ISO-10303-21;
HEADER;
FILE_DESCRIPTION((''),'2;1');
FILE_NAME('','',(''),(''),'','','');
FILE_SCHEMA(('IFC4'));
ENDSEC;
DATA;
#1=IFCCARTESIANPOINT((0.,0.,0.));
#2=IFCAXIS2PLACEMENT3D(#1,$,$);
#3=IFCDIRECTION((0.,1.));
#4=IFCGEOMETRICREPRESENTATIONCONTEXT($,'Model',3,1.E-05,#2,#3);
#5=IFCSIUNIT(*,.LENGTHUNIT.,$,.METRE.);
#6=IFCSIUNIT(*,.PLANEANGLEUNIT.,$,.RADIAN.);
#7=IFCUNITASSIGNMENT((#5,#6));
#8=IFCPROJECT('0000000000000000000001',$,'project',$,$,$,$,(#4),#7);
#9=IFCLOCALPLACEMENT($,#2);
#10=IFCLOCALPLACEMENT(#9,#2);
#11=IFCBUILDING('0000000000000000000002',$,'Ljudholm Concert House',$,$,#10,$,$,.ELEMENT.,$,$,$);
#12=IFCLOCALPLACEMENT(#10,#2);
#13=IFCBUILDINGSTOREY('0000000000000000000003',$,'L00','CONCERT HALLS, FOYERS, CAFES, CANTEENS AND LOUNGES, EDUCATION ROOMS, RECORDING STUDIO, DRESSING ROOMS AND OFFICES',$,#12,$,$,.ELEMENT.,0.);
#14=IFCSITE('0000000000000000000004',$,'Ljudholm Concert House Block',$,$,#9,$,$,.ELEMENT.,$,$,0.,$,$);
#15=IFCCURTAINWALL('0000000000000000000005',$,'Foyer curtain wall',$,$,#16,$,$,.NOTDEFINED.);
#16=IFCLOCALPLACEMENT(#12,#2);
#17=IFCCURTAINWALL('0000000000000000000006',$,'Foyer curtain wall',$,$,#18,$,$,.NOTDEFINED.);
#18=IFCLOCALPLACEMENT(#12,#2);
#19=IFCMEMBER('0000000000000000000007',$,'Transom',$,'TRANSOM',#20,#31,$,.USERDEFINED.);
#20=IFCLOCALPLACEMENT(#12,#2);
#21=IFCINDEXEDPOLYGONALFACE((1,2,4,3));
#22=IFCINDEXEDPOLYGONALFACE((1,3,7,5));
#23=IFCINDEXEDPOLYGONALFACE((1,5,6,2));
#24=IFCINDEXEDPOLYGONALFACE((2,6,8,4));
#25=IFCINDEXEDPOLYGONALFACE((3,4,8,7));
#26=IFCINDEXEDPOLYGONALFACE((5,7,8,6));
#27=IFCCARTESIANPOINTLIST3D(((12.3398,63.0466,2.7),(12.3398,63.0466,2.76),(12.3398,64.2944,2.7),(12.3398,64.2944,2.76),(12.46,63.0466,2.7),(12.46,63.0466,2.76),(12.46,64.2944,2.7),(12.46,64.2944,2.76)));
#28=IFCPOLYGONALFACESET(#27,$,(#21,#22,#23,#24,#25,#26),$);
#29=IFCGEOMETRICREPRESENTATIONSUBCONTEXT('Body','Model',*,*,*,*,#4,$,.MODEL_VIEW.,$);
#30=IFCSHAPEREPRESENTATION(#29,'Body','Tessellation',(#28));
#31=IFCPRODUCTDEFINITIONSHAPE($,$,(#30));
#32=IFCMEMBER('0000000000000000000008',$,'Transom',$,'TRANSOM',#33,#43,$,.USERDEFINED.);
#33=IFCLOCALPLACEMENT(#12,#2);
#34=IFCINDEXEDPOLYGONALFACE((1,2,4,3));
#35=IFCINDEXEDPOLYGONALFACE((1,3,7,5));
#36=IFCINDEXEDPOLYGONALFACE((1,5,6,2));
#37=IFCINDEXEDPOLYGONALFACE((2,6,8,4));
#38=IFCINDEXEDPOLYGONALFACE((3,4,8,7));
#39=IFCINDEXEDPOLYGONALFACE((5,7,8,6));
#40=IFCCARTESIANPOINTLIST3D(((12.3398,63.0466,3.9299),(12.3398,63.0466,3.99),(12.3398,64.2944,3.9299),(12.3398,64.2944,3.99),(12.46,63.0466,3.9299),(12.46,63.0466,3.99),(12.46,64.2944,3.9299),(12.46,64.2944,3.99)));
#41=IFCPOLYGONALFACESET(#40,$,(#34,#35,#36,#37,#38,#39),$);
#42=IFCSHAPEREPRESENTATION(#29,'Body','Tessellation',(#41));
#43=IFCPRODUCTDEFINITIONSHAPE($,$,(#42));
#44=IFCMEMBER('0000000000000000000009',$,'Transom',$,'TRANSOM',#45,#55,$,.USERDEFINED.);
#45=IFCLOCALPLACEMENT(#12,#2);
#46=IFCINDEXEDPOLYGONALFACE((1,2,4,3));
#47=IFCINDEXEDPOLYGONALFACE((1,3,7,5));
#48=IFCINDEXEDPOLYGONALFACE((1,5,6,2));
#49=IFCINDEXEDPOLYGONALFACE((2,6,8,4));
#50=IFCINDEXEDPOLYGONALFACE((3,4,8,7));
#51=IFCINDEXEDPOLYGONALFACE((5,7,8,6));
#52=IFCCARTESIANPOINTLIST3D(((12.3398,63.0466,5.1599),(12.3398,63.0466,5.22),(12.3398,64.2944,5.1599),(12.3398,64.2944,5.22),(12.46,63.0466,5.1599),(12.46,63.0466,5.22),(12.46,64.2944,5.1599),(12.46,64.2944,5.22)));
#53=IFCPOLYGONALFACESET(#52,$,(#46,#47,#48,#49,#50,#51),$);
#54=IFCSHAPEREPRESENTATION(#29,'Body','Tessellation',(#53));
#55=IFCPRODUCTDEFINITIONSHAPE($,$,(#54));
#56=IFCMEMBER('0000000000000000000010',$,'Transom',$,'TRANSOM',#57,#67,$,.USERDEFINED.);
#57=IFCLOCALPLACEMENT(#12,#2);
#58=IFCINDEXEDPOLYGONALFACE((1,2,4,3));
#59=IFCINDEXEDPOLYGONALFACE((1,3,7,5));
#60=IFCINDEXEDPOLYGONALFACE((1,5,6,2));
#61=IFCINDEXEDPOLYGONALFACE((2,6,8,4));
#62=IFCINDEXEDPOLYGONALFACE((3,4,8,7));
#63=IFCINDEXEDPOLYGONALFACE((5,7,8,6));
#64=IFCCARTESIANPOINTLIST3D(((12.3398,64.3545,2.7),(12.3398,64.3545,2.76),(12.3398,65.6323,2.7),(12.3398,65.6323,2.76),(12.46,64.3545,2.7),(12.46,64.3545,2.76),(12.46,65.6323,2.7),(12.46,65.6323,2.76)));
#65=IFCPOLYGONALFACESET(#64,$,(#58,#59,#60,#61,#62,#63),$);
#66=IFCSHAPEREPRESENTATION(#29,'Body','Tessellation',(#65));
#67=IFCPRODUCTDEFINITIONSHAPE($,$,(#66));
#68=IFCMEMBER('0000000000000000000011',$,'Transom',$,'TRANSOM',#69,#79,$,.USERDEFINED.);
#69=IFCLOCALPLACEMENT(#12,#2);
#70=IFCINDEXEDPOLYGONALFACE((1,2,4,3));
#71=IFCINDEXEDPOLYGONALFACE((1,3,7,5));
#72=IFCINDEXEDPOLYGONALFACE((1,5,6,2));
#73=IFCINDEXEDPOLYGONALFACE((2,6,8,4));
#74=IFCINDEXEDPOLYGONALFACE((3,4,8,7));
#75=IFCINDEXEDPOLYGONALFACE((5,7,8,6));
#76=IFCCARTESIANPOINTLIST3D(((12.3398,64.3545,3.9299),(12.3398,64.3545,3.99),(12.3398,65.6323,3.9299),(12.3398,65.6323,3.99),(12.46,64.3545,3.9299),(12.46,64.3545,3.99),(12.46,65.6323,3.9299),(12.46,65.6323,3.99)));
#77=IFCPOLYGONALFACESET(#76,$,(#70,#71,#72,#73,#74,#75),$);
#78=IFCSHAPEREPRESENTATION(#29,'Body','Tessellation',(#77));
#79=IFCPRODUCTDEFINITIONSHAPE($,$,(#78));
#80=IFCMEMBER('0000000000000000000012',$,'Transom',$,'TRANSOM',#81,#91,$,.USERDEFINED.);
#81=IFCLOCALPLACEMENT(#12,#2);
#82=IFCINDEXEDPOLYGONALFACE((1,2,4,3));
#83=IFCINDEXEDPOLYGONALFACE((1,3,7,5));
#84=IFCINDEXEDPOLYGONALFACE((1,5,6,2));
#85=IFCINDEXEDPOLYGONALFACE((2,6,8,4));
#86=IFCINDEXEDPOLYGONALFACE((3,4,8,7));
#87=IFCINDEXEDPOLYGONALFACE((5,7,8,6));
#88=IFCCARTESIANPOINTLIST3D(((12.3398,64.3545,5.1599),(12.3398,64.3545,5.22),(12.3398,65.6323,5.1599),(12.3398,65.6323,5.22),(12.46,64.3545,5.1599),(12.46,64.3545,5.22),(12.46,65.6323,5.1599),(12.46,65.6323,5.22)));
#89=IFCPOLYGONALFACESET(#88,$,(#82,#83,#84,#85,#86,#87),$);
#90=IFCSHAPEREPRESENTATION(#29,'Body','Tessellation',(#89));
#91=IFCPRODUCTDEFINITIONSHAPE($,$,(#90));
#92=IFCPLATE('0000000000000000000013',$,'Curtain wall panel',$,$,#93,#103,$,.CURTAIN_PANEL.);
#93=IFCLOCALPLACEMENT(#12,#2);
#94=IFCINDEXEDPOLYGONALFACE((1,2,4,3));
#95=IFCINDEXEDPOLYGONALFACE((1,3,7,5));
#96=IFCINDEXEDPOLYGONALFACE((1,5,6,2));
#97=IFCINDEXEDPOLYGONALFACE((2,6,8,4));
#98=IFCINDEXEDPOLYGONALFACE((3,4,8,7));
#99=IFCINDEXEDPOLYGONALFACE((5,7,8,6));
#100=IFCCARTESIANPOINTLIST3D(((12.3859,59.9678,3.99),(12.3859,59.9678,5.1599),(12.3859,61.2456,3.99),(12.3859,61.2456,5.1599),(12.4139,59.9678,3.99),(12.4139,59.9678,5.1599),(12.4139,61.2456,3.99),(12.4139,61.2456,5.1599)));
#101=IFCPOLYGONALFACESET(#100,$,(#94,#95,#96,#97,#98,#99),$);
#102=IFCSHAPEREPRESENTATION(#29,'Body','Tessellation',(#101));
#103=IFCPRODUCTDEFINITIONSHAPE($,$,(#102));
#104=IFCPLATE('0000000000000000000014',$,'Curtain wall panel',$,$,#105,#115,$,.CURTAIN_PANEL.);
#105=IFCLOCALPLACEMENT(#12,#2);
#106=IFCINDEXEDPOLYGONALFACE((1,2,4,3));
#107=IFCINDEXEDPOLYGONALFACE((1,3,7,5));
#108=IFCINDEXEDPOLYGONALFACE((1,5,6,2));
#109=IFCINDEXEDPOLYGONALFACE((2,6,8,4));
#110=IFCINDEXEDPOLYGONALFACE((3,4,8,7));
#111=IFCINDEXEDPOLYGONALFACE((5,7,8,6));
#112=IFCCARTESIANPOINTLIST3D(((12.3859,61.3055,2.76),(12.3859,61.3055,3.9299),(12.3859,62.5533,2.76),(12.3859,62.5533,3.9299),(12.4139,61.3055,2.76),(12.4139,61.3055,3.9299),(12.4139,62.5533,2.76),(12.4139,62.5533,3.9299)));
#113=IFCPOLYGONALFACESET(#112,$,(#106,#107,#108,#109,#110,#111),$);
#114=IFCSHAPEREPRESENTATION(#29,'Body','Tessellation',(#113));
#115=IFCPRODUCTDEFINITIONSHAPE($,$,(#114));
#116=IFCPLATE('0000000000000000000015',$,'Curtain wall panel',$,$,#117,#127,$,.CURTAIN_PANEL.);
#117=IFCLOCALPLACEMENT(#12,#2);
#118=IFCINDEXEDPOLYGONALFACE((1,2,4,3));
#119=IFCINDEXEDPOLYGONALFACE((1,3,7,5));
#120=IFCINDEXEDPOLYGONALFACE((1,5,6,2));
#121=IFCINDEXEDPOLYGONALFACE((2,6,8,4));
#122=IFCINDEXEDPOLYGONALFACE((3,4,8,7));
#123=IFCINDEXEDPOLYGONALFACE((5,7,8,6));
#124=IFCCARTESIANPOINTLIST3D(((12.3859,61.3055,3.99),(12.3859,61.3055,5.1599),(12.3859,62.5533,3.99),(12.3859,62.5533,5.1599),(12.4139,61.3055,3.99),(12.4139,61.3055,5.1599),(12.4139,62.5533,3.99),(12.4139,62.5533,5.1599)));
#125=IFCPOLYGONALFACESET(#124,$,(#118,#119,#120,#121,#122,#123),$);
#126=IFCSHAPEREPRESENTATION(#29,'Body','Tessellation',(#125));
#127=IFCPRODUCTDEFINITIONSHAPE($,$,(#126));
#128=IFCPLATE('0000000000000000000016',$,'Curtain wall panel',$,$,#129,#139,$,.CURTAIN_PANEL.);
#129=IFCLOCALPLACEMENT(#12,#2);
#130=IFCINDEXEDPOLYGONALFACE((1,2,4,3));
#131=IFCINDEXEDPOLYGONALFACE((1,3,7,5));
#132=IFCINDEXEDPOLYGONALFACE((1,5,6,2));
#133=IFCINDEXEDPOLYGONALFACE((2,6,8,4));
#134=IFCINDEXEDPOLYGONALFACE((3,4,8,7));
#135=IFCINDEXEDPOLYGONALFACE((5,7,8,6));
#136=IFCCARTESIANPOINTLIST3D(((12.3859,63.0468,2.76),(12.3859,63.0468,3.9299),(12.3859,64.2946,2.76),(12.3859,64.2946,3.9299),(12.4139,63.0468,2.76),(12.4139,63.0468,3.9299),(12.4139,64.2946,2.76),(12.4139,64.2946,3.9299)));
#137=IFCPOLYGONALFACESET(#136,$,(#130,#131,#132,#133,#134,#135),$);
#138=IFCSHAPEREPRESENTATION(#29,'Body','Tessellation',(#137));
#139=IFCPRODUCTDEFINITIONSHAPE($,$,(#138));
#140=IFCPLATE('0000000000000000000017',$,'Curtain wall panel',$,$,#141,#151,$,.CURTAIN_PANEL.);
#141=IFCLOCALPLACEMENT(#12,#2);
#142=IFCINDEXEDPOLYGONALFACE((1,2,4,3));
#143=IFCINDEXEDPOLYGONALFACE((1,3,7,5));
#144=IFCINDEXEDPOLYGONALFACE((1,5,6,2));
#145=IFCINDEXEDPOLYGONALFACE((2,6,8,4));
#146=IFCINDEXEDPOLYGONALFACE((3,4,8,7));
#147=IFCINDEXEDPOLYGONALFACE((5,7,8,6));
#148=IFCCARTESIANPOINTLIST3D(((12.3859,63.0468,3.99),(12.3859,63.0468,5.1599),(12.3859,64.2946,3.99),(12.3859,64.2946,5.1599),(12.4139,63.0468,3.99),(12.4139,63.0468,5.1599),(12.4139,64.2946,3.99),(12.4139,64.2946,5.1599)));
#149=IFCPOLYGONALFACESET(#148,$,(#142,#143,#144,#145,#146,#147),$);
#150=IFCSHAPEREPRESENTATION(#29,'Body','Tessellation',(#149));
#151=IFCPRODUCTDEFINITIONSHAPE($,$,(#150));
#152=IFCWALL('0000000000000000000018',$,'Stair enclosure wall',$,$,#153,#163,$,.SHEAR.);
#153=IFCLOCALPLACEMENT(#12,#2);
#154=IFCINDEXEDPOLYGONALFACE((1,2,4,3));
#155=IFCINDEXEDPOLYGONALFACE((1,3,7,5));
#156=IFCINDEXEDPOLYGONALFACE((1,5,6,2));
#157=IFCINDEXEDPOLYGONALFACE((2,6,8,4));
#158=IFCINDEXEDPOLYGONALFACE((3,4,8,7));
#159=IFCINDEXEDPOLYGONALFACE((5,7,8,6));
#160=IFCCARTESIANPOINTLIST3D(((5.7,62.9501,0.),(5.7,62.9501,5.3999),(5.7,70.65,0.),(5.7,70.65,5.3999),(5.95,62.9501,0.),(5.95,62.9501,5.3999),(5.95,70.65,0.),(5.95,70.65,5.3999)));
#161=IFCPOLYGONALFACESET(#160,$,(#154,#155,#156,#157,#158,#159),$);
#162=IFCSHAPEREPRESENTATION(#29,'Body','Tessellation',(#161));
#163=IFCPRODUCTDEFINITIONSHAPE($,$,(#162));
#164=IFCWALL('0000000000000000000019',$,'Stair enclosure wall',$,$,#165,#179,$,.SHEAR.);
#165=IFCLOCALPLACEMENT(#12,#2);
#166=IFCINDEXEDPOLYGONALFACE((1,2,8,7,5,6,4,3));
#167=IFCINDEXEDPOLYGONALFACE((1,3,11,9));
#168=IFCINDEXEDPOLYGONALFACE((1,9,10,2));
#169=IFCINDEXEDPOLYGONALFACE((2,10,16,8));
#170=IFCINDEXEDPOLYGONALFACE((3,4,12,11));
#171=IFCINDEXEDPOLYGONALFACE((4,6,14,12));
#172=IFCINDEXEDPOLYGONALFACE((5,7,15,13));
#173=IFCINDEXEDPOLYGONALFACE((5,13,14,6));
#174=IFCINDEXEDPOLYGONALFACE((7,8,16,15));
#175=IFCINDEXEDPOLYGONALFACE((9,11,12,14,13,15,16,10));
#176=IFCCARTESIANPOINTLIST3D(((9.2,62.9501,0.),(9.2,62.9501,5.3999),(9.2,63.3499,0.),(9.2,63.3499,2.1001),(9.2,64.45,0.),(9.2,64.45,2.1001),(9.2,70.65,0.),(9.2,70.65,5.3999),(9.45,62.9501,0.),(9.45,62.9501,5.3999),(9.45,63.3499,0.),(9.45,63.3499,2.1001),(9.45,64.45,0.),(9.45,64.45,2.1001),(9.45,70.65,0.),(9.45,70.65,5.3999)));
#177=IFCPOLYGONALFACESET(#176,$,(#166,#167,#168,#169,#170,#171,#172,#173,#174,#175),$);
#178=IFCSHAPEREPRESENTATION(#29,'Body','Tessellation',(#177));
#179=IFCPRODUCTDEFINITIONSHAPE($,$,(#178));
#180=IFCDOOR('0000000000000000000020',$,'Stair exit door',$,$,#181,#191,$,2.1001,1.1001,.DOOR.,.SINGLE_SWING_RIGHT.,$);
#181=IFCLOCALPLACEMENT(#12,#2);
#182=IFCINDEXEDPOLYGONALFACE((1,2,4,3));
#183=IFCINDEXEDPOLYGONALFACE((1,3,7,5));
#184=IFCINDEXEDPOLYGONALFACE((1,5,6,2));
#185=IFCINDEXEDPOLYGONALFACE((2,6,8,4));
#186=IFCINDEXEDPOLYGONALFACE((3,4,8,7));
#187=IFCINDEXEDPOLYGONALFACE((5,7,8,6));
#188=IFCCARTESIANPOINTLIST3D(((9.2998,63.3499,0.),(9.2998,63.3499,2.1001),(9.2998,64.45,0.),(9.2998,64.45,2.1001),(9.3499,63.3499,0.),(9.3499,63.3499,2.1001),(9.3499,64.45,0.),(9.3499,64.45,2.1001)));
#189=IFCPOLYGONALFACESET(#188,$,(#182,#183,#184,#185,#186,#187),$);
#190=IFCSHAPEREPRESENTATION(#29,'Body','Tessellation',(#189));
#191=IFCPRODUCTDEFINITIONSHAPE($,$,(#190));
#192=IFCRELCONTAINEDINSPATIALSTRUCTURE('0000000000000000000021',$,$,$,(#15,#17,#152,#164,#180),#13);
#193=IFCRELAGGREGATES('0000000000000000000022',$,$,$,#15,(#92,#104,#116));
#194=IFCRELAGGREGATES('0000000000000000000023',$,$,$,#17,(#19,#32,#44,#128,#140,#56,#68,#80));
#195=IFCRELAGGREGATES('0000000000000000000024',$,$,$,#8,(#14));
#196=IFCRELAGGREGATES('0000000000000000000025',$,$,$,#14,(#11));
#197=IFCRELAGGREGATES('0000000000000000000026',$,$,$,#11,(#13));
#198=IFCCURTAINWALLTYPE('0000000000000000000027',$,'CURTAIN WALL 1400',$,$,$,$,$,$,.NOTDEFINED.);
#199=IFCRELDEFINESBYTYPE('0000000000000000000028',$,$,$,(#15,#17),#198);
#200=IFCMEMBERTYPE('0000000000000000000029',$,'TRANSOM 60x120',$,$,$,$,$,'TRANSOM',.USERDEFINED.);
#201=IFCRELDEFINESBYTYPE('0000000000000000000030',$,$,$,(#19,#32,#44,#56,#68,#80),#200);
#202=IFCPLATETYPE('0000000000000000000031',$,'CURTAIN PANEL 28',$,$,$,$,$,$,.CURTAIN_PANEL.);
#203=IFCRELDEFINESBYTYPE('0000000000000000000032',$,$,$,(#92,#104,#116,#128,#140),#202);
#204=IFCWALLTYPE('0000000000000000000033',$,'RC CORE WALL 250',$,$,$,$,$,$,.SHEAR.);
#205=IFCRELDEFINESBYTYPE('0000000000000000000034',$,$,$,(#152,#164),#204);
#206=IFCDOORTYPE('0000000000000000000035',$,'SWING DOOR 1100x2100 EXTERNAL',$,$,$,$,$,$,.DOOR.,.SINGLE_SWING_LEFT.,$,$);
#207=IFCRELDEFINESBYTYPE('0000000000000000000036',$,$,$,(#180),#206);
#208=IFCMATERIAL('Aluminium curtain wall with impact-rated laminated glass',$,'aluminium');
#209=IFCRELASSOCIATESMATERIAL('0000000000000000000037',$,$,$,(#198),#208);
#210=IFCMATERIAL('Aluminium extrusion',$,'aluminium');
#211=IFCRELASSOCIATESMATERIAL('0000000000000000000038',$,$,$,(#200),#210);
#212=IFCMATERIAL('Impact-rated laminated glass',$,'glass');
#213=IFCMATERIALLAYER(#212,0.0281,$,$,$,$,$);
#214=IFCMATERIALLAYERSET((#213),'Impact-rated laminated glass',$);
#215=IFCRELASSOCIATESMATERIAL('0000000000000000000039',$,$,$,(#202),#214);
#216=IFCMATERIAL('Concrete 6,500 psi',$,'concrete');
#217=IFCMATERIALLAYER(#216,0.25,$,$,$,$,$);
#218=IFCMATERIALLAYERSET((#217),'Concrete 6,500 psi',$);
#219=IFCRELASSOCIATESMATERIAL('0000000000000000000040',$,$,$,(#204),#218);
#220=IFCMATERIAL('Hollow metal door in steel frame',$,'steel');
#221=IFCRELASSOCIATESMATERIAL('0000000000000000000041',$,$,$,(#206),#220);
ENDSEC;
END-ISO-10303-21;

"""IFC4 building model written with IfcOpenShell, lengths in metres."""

from ifc_helpers import new_model, si_unit, direction, frame, frame_2d, origin, origin_2d, place, context, subcontext, project, spatial, rectangle, extrude, material, layer, layer_set, material_profile, profile_set, type_object, element, fill, aggregate, save


model = new_model("IFC4")

# Units and contexts
model_context = context("Model", 3, precision=1e-05, world=origin(), true_north=direction((0.0, 1.0)))
body_context = subcontext(model_context, "Body", "Model", "MODEL_VIEW")
ifc_project = project(units=[si_unit("LENGTHUNIT", "METRE"), si_unit("PLANEANGLEUNIT", "RADIAN")], contexts=[model_context])

# Site, building, storey
site_placement = place(None, origin())
site = spatial("IfcSite", under=ifc_project, at=site_placement, Name="Ljudholm Concert House Block", CompositionType="ELEMENT", RefElevation=0.0)
building_placement = place(site_placement, origin())
building = spatial("IfcBuilding", under=site, at=building_placement, Name="Ljudholm Concert House", CompositionType="ELEMENT")
storey_placement = place(building_placement, origin())
storey = spatial("IfcBuildingStorey", under=building, at=storey_placement, Name="L00", Description="CONCERT HALLS, FOYERS, CAFES, CANTEENS AND LOUNGES, EDUCATION ROOMS, RECORDING STUDIO, DRESSING ROOMS AND OFFICES", CompositionType="ELEMENT", Elevation=0.0)

# Curtain walls
ifc_material_1 = material(Name="Aluminium curtain wall with impact-rated laminated glass", Category="aluminium")
curtain_wall_type = type_object("IfcCurtainWallType", Name="CURTAIN WALL 1400", PredefinedType="NOTDEFINED", material=ifc_material_1)
curtain_wall_1_placement = place(storey_placement, origin())
curtain_wall_1 = element("IfcCurtainWall", 1, at=curtain_wall_1_placement, inside=storey, type_object=curtain_wall_type, Name="Foyer curtain wall", PredefinedType="NOTDEFINED")
curtain_wall_2_placement = place(storey_placement, origin())
curtain_wall_2 = element("IfcCurtainWall", 2, at=curtain_wall_2_placement, inside=storey, type_object=curtain_wall_type, Name="Foyer curtain wall", PredefinedType="NOTDEFINED")

# Members
ifc_material_2 = material(Name="Aluminium extrusion", Category="aluminium")
ifc_material_profile_1 = material_profile(ifc_material_2, rectangle(XDim=0.1201, YDim=0.0601, at=origin_2d()), Name="TRANSOM 60x120")
ifc_profile_set_1 = profile_set([ifc_material_profile_1], Name="Aluminium extrusion")
member_type_1 = type_object("IfcMemberType", Name="TRANSOM 60x120", ElementType="TRANSOM", PredefinedType="USERDEFINED", material=ifc_profile_set_1)
member_1_placement = place(storey_placement, frame((12.3999, 63.0466, 2.73), z_axis=(0.0, 1.0, 0.0), x_axis=(-1.0, 0.0, 0.0)))
member_1 = element("IfcMember", 3, at=member_1_placement, type_object=member_type_1, Name="Transom", ObjectType="TRANSOM", PredefinedType="USERDEFINED", context=body_context, shape_type="SweptSolid", body=[
    extrude(rectangle(XDim=0.1201, YDim=0.0601, at=origin_2d()), origin(), (0.0, 0.0, 1.0), 1.2478),
])
member_2_placement = place(storey_placement, frame((12.3999, 63.0466, 3.96), z_axis=(0.0, 1.0, 0.0), x_axis=(-1.0, 0.0, 0.0)))
member_2 = element("IfcMember", 4, at=member_2_placement, type_object=member_type_1, Name="Transom", ObjectType="TRANSOM", PredefinedType="USERDEFINED", context=body_context, shape_type="SweptSolid", body=[
    extrude(rectangle(XDim=0.1201, YDim=0.0601, at=origin_2d()), origin(), (0.0, 0.0, 1.0), 1.2478),
])
member_3_placement = place(storey_placement, frame((12.3999, 63.0466, 5.1899), z_axis=(0.0, 1.0, 0.0), x_axis=(-1.0, 0.0, 0.0)))
member_3 = element("IfcMember", 5, at=member_3_placement, type_object=member_type_1, Name="Transom", ObjectType="TRANSOM", PredefinedType="USERDEFINED", context=body_context, shape_type="SweptSolid", body=[
    extrude(rectangle(XDim=0.1201, YDim=0.0601, at=origin_2d()), origin(), (0.0, 0.0, 1.0), 1.2478),
])
member_4_placement = place(storey_placement, frame((12.3999, 64.3545, 2.73), z_axis=(0.0, 1.0, 0.0), x_axis=(-1.0, 0.0, 0.0)))
member_4 = element("IfcMember", 6, at=member_4_placement, type_object=member_type_1, Name="Transom", ObjectType="TRANSOM", PredefinedType="USERDEFINED", context=body_context, shape_type="SweptSolid", body=[
    extrude(rectangle(XDim=0.1201, YDim=0.0601, at=origin_2d()), origin(), (0.0, 0.0, 1.0), 1.2778),
])
member_5_placement = place(storey_placement, frame((12.3999, 64.3545, 3.96), z_axis=(0.0, 1.0, 0.0), x_axis=(-1.0, 0.0, 0.0)))
member_5 = element("IfcMember", 7, at=member_5_placement, type_object=member_type_1, Name="Transom", ObjectType="TRANSOM", PredefinedType="USERDEFINED", context=body_context, shape_type="SweptSolid", body=[
    extrude(rectangle(XDim=0.1201, YDim=0.0601, at=origin_2d()), origin(), (0.0, 0.0, 1.0), 1.2778),
])
member_6_placement = place(storey_placement, frame((12.3999, 64.3545, 5.1899), z_axis=(0.0, 1.0, 0.0), x_axis=(-1.0, 0.0, 0.0)))
member_6 = element("IfcMember", 8, at=member_6_placement, type_object=member_type_1, Name="Transom", ObjectType="TRANSOM", PredefinedType="USERDEFINED", context=body_context, shape_type="SweptSolid", body=[
    extrude(rectangle(XDim=0.1201, YDim=0.0601, at=origin_2d()), origin(), (0.0, 0.0, 1.0), 1.2778),
])

# Plates
ifc_material_3 = material(Name="Impact-rated laminated glass", Category="glass")
ifc_layer_1 = layer(ifc_material_3, 0.0281)
ifc_layer_set_1 = layer_set([ifc_layer_1], Name="Impact-rated laminated glass")
plate_type = type_object("IfcPlateType", Name="CURTAIN PANEL 28", PredefinedType="CURTAIN_PANEL", material=ifc_layer_set_1)
plate_1_placement = place(storey_placement, frame((12.3999, 60.6067, 3.99), z_axis=(0.0, 0.0, 1.0), x_axis=(0.0, 1.0, 0.0)))
plate_1 = element("IfcPlate", 9, at=plate_1_placement, type_object=plate_type, Name="Curtain wall panel", PredefinedType="CURTAIN_PANEL", context=body_context, shape_type="SweptSolid", body=[
    extrude(rectangle(XDim=1.2778, YDim=0.0281, at=origin_2d()), origin(), (0.0, 0.0, 1.0), 1.1699),
])
plate_2_placement = place(storey_placement, frame((12.3999, 61.9294, 2.76), z_axis=(0.0, 0.0, 1.0), x_axis=(0.0, 1.0, 0.0)))
plate_2 = element("IfcPlate", 10, at=plate_2_placement, type_object=plate_type, Name="Curtain wall panel", PredefinedType="CURTAIN_PANEL", context=body_context, shape_type="SweptSolid", body=[
    extrude(rectangle(XDim=1.2478, YDim=0.0281, at=origin_2d()), origin(), (0.0, 0.0, 1.0), 1.1699),
])
plate_3_placement = place(storey_placement, frame((12.3999, 61.9294, 3.99), z_axis=(0.0, 0.0, 1.0), x_axis=(0.0, 1.0, 0.0)))
plate_3 = element("IfcPlate", 11, at=plate_3_placement, type_object=plate_type, Name="Curtain wall panel", PredefinedType="CURTAIN_PANEL", context=body_context, shape_type="SweptSolid", body=[
    extrude(rectangle(XDim=1.2478, YDim=0.0281, at=origin_2d()), origin(), (0.0, 0.0, 1.0), 1.1699),
])
aggregate(curtain_wall_1, [plate_1, plate_2, plate_3])
plate_4_placement = place(storey_placement, frame((12.3999, 63.6707, 2.76), z_axis=(0.0, 0.0, 1.0), x_axis=(0.0, 1.0, 0.0)))
plate_4 = element("IfcPlate", 12, at=plate_4_placement, type_object=plate_type, Name="Curtain wall panel", PredefinedType="CURTAIN_PANEL", context=body_context, shape_type="SweptSolid", body=[
    extrude(rectangle(XDim=1.2478, YDim=0.0281, at=origin_2d()), origin(), (0.0, 0.0, 1.0), 1.1699),
])
plate_5_placement = place(storey_placement, frame((12.3999, 63.6707, 3.99), z_axis=(0.0, 0.0, 1.0), x_axis=(0.0, 1.0, 0.0)))
plate_5 = element("IfcPlate", 13, at=plate_5_placement, type_object=plate_type, Name="Curtain wall panel", PredefinedType="CURTAIN_PANEL", context=body_context, shape_type="SweptSolid", body=[
    extrude(rectangle(XDim=1.2478, YDim=0.0281, at=origin_2d()), origin(), (0.0, 0.0, 1.0), 1.1699),
])
aggregate(curtain_wall_2, [member_1, member_2, member_3, plate_4, plate_5, member_4, member_5, member_6])

# Wall
ifc_material_4 = material(Name="Concrete 6,500 psi", Category="concrete")
ifc_layer_2 = layer(ifc_material_4, 0.25)
ifc_layer_set_2 = layer_set([ifc_layer_2], Name="Concrete 6,500 psi")
wall_type_1 = type_object("IfcWallType", Name="RC CORE WALL 250", PredefinedType="SHEAR", material=ifc_layer_set_2)
wall_1_placement = place(storey_placement, frame((5.825, 62.95, 0.0), z_axis=(0.0, 0.0, 1.0), x_axis=(0.0, 1.0, 0.0)))
element("IfcWall", 14, at=wall_1_placement, inside=storey, type_object=wall_type_1, Name="Stair enclosure wall", PredefinedType="SHEAR", context=body_context, shape_type="SweptSolid", body=[
    extrude(rectangle(XDim=7.7, YDim=0.25, at=frame_2d((3.8501, 0.0))), origin(), (0.0, 0.0, 1.0), 5.3999),
])

# Wall, opening, door
wall_2_placement = place(storey_placement, frame((9.325, 62.95, 0.0), z_axis=(0.0, 0.0, 1.0), x_axis=(0.0, 1.0, 0.0)))
wall_2 = element("IfcWall", 15, at=wall_2_placement, inside=storey, type_object=wall_type_1, Name="Stair enclosure wall", PredefinedType="SHEAR", context=body_context, shape_type="SweptSolid", body=[
    extrude(rectangle(XDim=7.7, YDim=0.25, at=frame_2d((3.8501, 0.0))), origin(), (0.0, 0.0, 1.0), 5.3999),
])
opening_1_placement = place(wall_2_placement, frame((0.3999, 0.0, 0.0)))
opening_1 = element("IfcOpeningElement", 16, at=opening_1_placement, cuts=wall_2, PredefinedType="OPENING", context=body_context, shape_type="SweptSolid", body=[
    extrude(rectangle(XDim=1.1001, YDim=2.1001, at=frame_2d((0.55, 1.05))), frame((0.0, 0.135, 0.0), z_axis=(0.0, -1.0, 0.0), x_axis=(1.0, 0.0, 0.0)), (0.0, 0.0, 1.0), 0.27),
])
ifc_material_5 = material(Name="Hollow metal door in steel frame", Category="steel")
door_type_1 = type_object("IfcDoorType", Name="SWING DOOR 1100x2100 EXTERNAL", OperationType="SINGLE_SWING_LEFT", PredefinedType="DOOR", material=ifc_material_5)
door_1_placement = place(opening_1_placement, frame((1.1001, 0.0, 0.0), z_axis=(0.0, 0.0, 1.0), x_axis=(-1.0, 0.0, 0.0)))
door_1 = element("IfcDoor", 17, at=door_1_placement, inside=storey, type_object=door_type_1, Name="Stair exit door", OperationType="SINGLE_SWING_RIGHT", OverallHeight=2.1001, OverallWidth=1.1001, PredefinedType="DOOR", context=body_context, shape_type="SweptSolid", body=[
    extrude(rectangle(XDim=1.1001, YDim=2.1001, at=frame_2d((0.55, 1.05))), frame((0.0, 0.0249, 0.0), z_axis=(0.0, -1.0, 0.0), x_axis=(1.0, 0.0, 0.0)), (0.0, 0.0, 1.0), 0.05),
])
fill(opening_1, door_1)

save(model, "model.ifc")
